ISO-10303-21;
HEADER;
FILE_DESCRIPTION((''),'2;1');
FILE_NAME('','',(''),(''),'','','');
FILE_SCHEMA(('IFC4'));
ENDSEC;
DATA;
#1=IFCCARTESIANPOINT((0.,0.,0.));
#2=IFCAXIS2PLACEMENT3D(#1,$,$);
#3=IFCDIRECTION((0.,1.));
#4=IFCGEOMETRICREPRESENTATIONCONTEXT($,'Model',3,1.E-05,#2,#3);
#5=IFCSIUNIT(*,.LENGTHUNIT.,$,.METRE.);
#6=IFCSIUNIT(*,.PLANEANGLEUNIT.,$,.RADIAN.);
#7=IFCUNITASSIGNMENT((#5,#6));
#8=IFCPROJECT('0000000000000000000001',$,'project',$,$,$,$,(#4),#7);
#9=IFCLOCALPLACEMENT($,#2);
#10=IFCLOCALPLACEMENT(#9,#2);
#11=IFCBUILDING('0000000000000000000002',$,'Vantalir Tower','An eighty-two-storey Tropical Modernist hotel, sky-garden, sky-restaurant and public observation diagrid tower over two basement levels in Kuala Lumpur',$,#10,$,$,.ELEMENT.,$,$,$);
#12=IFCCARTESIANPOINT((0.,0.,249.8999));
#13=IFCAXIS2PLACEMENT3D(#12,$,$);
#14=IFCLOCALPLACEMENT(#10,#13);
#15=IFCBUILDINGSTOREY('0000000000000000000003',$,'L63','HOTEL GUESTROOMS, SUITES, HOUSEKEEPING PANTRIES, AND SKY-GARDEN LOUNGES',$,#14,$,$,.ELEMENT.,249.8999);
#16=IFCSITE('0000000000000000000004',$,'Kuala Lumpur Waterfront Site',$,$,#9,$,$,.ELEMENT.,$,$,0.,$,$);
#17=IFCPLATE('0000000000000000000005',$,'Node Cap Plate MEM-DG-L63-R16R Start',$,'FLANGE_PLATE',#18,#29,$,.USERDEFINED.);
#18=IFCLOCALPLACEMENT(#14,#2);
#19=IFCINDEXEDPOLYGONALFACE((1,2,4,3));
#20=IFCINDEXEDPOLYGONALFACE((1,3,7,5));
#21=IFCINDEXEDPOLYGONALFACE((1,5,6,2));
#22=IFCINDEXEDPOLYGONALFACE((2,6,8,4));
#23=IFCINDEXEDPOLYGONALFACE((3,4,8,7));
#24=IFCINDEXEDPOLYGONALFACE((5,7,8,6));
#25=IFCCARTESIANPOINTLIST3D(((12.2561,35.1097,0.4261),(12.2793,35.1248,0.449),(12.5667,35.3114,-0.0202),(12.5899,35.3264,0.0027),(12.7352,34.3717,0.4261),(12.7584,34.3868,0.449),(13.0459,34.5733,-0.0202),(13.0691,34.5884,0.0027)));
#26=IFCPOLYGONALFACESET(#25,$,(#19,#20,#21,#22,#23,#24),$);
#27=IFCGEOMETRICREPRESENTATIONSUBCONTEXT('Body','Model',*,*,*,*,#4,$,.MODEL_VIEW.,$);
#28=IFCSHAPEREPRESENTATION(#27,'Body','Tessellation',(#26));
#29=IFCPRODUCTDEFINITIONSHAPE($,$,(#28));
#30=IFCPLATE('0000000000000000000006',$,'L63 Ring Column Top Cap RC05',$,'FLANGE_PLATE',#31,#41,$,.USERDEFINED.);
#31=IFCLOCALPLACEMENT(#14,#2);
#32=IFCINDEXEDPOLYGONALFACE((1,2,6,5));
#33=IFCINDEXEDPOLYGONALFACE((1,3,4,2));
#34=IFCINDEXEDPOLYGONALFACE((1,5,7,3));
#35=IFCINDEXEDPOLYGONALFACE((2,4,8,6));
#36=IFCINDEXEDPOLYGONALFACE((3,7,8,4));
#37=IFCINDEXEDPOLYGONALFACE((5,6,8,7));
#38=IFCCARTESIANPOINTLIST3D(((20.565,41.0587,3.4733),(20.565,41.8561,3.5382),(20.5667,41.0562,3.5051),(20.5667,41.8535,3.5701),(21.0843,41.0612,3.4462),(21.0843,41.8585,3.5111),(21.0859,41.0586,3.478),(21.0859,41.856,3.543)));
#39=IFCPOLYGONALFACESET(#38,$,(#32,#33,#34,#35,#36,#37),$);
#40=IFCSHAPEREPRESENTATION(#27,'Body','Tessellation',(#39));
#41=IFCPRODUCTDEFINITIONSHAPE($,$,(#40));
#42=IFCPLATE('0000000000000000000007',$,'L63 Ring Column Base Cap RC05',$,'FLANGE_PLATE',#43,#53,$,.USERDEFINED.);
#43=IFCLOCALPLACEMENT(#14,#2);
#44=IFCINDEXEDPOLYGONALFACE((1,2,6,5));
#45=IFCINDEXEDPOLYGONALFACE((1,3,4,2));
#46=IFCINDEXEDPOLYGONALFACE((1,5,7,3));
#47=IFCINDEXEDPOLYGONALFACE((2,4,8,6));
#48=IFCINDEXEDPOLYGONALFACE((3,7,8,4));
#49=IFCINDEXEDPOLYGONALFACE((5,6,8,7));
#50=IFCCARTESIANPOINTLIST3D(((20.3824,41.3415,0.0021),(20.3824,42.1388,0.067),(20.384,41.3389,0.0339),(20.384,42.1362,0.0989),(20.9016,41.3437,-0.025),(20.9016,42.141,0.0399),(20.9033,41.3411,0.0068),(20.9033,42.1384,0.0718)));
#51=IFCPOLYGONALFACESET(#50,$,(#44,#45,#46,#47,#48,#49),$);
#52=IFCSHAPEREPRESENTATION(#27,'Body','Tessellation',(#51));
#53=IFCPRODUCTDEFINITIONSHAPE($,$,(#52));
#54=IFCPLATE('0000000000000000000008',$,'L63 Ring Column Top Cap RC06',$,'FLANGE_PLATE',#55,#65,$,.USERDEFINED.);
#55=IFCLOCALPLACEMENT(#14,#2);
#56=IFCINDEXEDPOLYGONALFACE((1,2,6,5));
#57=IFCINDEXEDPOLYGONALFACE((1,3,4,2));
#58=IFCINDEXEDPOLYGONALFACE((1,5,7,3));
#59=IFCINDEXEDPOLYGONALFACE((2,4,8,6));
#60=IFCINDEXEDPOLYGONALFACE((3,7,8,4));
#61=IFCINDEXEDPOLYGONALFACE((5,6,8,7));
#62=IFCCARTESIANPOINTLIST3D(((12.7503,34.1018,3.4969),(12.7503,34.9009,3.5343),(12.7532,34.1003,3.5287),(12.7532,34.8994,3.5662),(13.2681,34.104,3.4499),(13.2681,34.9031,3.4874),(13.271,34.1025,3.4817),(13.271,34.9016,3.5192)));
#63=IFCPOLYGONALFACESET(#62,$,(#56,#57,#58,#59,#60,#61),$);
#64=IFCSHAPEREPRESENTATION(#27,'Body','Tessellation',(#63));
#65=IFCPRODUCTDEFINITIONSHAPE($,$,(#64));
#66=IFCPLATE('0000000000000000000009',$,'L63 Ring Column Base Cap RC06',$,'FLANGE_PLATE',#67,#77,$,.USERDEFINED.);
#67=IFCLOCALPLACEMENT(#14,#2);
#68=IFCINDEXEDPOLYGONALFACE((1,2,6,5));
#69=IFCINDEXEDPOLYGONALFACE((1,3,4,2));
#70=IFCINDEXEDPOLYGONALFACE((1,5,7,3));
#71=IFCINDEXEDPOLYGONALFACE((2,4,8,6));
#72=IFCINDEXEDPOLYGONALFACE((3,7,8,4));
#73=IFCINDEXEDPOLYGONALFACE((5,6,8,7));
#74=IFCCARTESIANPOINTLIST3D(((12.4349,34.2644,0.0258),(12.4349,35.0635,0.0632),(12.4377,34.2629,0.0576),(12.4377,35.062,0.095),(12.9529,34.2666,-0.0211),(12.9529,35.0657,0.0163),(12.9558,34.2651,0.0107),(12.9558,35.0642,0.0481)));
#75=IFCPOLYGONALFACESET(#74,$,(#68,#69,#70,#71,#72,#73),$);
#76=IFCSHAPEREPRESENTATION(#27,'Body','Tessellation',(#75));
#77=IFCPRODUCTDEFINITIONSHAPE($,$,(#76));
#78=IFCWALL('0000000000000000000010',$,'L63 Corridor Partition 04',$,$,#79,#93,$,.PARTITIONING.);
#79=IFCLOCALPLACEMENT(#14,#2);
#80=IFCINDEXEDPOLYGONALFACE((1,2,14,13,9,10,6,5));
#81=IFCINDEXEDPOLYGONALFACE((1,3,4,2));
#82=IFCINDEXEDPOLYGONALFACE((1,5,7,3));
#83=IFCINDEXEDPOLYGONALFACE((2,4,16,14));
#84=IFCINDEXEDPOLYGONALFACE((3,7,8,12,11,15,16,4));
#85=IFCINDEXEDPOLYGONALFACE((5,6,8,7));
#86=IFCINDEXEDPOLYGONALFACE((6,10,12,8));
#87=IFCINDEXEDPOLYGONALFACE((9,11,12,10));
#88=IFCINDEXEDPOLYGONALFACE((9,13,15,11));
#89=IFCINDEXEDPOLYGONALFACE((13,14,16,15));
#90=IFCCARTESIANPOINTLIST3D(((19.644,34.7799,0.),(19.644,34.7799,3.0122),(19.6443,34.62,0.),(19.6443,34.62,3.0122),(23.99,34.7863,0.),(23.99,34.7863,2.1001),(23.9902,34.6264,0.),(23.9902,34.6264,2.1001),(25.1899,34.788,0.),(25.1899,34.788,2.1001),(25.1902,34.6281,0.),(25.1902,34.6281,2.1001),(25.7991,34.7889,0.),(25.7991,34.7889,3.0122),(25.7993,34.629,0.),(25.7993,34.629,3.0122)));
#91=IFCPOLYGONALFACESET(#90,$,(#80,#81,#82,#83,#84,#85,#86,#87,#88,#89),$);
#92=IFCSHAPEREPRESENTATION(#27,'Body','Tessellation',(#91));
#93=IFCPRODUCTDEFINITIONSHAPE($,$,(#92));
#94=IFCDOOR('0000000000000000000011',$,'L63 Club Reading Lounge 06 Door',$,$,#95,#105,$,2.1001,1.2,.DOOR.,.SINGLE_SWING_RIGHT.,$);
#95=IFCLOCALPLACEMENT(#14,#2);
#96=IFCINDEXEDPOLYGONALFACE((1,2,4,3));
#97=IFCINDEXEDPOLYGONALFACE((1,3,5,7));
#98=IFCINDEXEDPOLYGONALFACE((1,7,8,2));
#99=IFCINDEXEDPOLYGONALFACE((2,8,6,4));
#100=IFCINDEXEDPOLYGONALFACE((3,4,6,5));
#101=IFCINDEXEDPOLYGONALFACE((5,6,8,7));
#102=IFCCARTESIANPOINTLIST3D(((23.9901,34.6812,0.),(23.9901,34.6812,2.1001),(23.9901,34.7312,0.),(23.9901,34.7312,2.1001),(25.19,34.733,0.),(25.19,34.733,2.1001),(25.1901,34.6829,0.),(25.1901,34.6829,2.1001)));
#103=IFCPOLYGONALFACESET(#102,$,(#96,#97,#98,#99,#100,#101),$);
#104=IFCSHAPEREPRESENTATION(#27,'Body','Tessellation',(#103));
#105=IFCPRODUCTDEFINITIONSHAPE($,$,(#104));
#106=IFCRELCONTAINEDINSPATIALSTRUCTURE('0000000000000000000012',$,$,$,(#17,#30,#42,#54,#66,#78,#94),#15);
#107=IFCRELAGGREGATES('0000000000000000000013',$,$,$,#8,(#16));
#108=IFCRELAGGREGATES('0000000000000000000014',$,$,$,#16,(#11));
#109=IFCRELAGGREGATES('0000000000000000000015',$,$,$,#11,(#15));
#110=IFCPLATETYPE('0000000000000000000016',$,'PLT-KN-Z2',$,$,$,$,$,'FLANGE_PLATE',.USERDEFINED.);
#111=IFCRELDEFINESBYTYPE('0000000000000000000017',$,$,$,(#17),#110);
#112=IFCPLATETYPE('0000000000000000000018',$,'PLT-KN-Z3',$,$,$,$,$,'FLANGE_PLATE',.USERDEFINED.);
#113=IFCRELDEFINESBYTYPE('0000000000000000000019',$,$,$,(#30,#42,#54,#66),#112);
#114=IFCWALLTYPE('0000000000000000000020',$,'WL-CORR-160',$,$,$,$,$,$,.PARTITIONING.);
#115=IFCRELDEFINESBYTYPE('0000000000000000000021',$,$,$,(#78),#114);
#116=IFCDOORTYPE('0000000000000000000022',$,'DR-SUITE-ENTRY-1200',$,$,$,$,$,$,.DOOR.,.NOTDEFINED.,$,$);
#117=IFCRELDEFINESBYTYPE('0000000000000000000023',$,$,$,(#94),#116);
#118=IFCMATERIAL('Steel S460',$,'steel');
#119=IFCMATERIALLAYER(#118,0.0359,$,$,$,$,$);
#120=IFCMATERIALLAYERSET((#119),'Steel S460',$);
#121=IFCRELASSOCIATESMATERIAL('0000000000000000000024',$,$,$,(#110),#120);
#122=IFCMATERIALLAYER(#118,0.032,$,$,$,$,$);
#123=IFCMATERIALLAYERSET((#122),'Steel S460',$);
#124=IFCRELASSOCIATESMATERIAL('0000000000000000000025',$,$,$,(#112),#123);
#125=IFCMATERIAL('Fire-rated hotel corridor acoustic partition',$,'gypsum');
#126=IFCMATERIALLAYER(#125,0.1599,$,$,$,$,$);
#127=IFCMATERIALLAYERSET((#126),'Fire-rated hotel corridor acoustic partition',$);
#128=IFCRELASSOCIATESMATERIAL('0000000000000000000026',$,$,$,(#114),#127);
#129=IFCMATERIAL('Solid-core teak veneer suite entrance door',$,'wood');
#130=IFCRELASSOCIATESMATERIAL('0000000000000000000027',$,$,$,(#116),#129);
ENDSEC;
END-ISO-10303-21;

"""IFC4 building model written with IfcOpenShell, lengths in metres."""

from ifc_helpers import new_model, si_unit, direction, frame, frame_2d, origin, place, context, subcontext, project, spatial, polyline, rectangle, outline, extrude, material, layer, layer_set, type_object, element, fill, save


model = new_model("IFC4")

# Units and contexts
model_context = context("Model", 3, precision=1e-05, world=origin(), true_north=direction((0.0, 1.0)))
body_context = subcontext(model_context, "Body", "Model", "MODEL_VIEW")
ifc_project = project(units=[si_unit("LENGTHUNIT", "METRE"), si_unit("PLANEANGLEUNIT", "RADIAN")], contexts=[model_context])

# Site, building, storey
site_placement = place(None, origin())
site = spatial("IfcSite", under=ifc_project, at=site_placement, Name="Kuala Lumpur Waterfront Site", CompositionType="ELEMENT", RefElevation=0.0)
building_placement = place(site_placement, origin())
building = spatial("IfcBuilding", under=site, at=building_placement, Name="Vantalir Tower", Description="An eighty-two-storey Tropical Modernist hotel, sky-garden, sky-restaurant and public observation diagrid tower over two basement levels in Kuala Lumpur", CompositionType="ELEMENT")
storey_placement = place(building_placement, frame((0.0, 0.0, 249.8999)))
storey = spatial("IfcBuildingStorey", under=building, at=storey_placement, Name="L63", Description="HOTEL GUESTROOMS, SUITES, HOUSEKEEPING PANTRIES, AND SKY-GARDEN LOUNGES", CompositionType="ELEMENT", Elevation=249.8999)

# Shared definitions
ifc_material_1 = material(Name="Steel S460", Category="steel")

# Plates
ifc_layer_1 = layer(ifc_material_1, 0.0359)
ifc_layer_set_1 = layer_set([ifc_layer_1], Name="Steel S460")
plate_type_1 = type_object("IfcPlateType", Name="PLT-KN-Z2", ElementType="FLANGE_PLATE", PredefinedType="USERDEFINED", material=ifc_layer_set_1)
plate_1_placement = place(storey_placement, frame((13.0691, 34.5884, 0.0027), z_axis=(0.645433, 0.419009, 0.63863), x_axis=(-0.54455, 0.838728, 0.000057)))
element("IfcPlate", 1, at=plate_1_placement, inside=storey, type_object=plate_type_1, Name="Node Cap Plate MEM-DG-L63-R16R Start", ObjectType="FLANGE_PLATE", PredefinedType="USERDEFINED", context=body_context, shape_type="SweptSolid", body=[
    extrude(outline(polyline([(0.0, 0.0), (0.88, 0.0), (0.88, 0.5799), (0.0001, 0.58), (0.0, 0.0)])), origin(), (0.0, 0.0, -1.0), 0.0359),
])
ifc_layer_2 = layer(ifc_material_1, 0.032)
ifc_layer_set_2 = layer_set([ifc_layer_2], Name="Steel S460")
plate_type_2 = type_object("IfcPlateType", Name="PLT-KN-Z3", ElementType="FLANGE_PLATE", PredefinedType="USERDEFINED", material=ifc_layer_set_2)
plate_2_placement = place(storey_placement, frame((20.5667, 41.8535, 3.5701), z_axis=(0.052324, -0.081065, 0.995334), x_axis=(0.0, -0.9967, -0.081176)))
element("IfcPlate", 2, at=plate_2_placement, inside=storey, type_object=plate_type_2, Name="L63 Ring Column Top Cap RC05", ObjectType="FLANGE_PLATE", PredefinedType="USERDEFINED", context=body_context, shape_type="SweptSolid", body=[
    extrude(outline(polyline([(0.0, 0.0), (0.8, 0.0), (0.7998, 0.52), (-0.0002, 0.52), (0.0, 0.0)])), origin(), (0.0, 0.0, -1.0), 0.032),
])
plate_3_placement = place(storey_placement, frame((20.384, 42.1362, 0.0989), z_axis=(0.052286, -0.081065, 0.995336), x_axis=(0.0, -0.9967, -0.081176)))
element("IfcPlate", 3, at=plate_3_placement, inside=storey, type_object=plate_type_2, Name="L63 Ring Column Base Cap RC05", ObjectType="FLANGE_PLATE", PredefinedType="USERDEFINED", context=body_context, shape_type="SweptSolid", body=[
    extrude(outline(polyline([(0.0, 0.0), (0.8, 0.0), (0.8, 0.52), (0.0, 0.52), (0.0, 0.0)])), origin(), (0.0, 0.0, -1.0), 0.032),
])
plate_4_placement = place(storey_placement, frame((12.7532, 34.8994, 3.5662), z_axis=(0.090485, -0.046655, 0.994804), x_axis=(-0.000014, -0.998902, -0.046846)))
element("IfcPlate", 4, at=plate_4_placement, inside=storey, type_object=plate_type_2, Name="L63 Ring Column Top Cap RC06", ObjectType="FLANGE_PLATE", PredefinedType="USERDEFINED", context=body_context, shape_type="SweptSolid", body=[
    extrude(outline(polyline([(0.0, 0.0), (0.7999, 0.0), (0.8, 0.52), (0.0, 0.5199), (0.0, 0.0)])), origin(), (0.0, 0.0, -1.0), 0.032),
])
plate_5_placement = place(storey_placement, frame((12.4377, 35.062, 0.095), z_axis=(0.090211, -0.046505, 0.994836), x_axis=(0.0, -0.998909, -0.046695)))
element("IfcPlate", 5, at=plate_5_placement, inside=storey, type_object=plate_type_2, Name="L63 Ring Column Base Cap RC06", ObjectType="FLANGE_PLATE", PredefinedType="USERDEFINED", context=body_context, shape_type="SweptSolid", body=[
    extrude(outline(polyline([(0.0, 0.0), (0.7999, 0.0), (0.7999, 0.5202), (0.0, 0.5202), (0.0, 0.0)])), origin(), (0.0, 0.0, -1.0), 0.032),
])

# Wall, opening, door
ifc_material_2 = material(Name="Fire-rated hotel corridor acoustic partition", Category="gypsum")
ifc_layer_3 = layer(ifc_material_2, 0.1599)
ifc_layer_set_3 = layer_set([ifc_layer_3], Name="Fire-rated hotel corridor acoustic partition")
wall_type = type_object("IfcWallType", Name="WL-CORR-160", PredefinedType="PARTITIONING", material=ifc_layer_set_3)
wall_placement = place(storey_placement, frame((19.644, 34.7, 0.0), z_axis=(0.0, 0.0, 1.0), x_axis=(0.999999, 0.001468, 0.0)))
wall = element("IfcWall", 6, at=wall_placement, inside=storey, type_object=wall_type, Name="L63 Corridor Partition 04", PredefinedType="PARTITIONING", context=body_context, shape_type="SweptSolid", body=[
    extrude(rectangle(XDim=6.155, YDim=0.1599, at=frame_2d((3.0776, 0.0))), origin(), (0.0, 0.0, 1.0), 3.0122),
])
opening_placement = place(wall_placement, frame((4.3459, 0.0, 0.0)))
opening = element("IfcOpeningElement", 7, at=opening_placement, cuts=wall, PredefinedType="OPENING", context=body_context, shape_type="SweptSolid", body=[
    extrude(rectangle(XDim=1.2, YDim=2.1001, at=frame_2d((0.6001, 1.05))), frame((0.0, 0.0898, 0.0), z_axis=(0.0, -1.0, 0.0), x_axis=(1.0, 0.0, 0.0)), (0.0, 0.0, 1.0), 0.1799),
])
ifc_material_3 = material(Name="Solid-core teak veneer suite entrance door", Category="wood")
door_type = type_object("IfcDoorType", Name="DR-SUITE-ENTRY-1200", OperationType="NOTDEFINED", PredefinedType="DOOR", material=ifc_material_3)
door_placement = place(opening_placement, origin())
door = element("IfcDoor", 8, at=door_placement, inside=storey, type_object=door_type, Name="L63 Club Reading Lounge 06 Door", OperationType="SINGLE_SWING_RIGHT", OverallHeight=2.1001, OverallWidth=1.2, PredefinedType="DOOR", context=body_context, shape_type="SweptSolid", body=[
    extrude(rectangle(XDim=1.2, YDim=2.1001, at=frame_2d((0.6001, 1.05))), frame((0.0, 0.0249, 0.0), z_axis=(0.0, -1.0, 0.0), x_axis=(1.0, 0.0, 0.0)), (0.0, 0.0, 1.0), 0.05),
])
fill(opening, door)

save(model, "model.ifc")
